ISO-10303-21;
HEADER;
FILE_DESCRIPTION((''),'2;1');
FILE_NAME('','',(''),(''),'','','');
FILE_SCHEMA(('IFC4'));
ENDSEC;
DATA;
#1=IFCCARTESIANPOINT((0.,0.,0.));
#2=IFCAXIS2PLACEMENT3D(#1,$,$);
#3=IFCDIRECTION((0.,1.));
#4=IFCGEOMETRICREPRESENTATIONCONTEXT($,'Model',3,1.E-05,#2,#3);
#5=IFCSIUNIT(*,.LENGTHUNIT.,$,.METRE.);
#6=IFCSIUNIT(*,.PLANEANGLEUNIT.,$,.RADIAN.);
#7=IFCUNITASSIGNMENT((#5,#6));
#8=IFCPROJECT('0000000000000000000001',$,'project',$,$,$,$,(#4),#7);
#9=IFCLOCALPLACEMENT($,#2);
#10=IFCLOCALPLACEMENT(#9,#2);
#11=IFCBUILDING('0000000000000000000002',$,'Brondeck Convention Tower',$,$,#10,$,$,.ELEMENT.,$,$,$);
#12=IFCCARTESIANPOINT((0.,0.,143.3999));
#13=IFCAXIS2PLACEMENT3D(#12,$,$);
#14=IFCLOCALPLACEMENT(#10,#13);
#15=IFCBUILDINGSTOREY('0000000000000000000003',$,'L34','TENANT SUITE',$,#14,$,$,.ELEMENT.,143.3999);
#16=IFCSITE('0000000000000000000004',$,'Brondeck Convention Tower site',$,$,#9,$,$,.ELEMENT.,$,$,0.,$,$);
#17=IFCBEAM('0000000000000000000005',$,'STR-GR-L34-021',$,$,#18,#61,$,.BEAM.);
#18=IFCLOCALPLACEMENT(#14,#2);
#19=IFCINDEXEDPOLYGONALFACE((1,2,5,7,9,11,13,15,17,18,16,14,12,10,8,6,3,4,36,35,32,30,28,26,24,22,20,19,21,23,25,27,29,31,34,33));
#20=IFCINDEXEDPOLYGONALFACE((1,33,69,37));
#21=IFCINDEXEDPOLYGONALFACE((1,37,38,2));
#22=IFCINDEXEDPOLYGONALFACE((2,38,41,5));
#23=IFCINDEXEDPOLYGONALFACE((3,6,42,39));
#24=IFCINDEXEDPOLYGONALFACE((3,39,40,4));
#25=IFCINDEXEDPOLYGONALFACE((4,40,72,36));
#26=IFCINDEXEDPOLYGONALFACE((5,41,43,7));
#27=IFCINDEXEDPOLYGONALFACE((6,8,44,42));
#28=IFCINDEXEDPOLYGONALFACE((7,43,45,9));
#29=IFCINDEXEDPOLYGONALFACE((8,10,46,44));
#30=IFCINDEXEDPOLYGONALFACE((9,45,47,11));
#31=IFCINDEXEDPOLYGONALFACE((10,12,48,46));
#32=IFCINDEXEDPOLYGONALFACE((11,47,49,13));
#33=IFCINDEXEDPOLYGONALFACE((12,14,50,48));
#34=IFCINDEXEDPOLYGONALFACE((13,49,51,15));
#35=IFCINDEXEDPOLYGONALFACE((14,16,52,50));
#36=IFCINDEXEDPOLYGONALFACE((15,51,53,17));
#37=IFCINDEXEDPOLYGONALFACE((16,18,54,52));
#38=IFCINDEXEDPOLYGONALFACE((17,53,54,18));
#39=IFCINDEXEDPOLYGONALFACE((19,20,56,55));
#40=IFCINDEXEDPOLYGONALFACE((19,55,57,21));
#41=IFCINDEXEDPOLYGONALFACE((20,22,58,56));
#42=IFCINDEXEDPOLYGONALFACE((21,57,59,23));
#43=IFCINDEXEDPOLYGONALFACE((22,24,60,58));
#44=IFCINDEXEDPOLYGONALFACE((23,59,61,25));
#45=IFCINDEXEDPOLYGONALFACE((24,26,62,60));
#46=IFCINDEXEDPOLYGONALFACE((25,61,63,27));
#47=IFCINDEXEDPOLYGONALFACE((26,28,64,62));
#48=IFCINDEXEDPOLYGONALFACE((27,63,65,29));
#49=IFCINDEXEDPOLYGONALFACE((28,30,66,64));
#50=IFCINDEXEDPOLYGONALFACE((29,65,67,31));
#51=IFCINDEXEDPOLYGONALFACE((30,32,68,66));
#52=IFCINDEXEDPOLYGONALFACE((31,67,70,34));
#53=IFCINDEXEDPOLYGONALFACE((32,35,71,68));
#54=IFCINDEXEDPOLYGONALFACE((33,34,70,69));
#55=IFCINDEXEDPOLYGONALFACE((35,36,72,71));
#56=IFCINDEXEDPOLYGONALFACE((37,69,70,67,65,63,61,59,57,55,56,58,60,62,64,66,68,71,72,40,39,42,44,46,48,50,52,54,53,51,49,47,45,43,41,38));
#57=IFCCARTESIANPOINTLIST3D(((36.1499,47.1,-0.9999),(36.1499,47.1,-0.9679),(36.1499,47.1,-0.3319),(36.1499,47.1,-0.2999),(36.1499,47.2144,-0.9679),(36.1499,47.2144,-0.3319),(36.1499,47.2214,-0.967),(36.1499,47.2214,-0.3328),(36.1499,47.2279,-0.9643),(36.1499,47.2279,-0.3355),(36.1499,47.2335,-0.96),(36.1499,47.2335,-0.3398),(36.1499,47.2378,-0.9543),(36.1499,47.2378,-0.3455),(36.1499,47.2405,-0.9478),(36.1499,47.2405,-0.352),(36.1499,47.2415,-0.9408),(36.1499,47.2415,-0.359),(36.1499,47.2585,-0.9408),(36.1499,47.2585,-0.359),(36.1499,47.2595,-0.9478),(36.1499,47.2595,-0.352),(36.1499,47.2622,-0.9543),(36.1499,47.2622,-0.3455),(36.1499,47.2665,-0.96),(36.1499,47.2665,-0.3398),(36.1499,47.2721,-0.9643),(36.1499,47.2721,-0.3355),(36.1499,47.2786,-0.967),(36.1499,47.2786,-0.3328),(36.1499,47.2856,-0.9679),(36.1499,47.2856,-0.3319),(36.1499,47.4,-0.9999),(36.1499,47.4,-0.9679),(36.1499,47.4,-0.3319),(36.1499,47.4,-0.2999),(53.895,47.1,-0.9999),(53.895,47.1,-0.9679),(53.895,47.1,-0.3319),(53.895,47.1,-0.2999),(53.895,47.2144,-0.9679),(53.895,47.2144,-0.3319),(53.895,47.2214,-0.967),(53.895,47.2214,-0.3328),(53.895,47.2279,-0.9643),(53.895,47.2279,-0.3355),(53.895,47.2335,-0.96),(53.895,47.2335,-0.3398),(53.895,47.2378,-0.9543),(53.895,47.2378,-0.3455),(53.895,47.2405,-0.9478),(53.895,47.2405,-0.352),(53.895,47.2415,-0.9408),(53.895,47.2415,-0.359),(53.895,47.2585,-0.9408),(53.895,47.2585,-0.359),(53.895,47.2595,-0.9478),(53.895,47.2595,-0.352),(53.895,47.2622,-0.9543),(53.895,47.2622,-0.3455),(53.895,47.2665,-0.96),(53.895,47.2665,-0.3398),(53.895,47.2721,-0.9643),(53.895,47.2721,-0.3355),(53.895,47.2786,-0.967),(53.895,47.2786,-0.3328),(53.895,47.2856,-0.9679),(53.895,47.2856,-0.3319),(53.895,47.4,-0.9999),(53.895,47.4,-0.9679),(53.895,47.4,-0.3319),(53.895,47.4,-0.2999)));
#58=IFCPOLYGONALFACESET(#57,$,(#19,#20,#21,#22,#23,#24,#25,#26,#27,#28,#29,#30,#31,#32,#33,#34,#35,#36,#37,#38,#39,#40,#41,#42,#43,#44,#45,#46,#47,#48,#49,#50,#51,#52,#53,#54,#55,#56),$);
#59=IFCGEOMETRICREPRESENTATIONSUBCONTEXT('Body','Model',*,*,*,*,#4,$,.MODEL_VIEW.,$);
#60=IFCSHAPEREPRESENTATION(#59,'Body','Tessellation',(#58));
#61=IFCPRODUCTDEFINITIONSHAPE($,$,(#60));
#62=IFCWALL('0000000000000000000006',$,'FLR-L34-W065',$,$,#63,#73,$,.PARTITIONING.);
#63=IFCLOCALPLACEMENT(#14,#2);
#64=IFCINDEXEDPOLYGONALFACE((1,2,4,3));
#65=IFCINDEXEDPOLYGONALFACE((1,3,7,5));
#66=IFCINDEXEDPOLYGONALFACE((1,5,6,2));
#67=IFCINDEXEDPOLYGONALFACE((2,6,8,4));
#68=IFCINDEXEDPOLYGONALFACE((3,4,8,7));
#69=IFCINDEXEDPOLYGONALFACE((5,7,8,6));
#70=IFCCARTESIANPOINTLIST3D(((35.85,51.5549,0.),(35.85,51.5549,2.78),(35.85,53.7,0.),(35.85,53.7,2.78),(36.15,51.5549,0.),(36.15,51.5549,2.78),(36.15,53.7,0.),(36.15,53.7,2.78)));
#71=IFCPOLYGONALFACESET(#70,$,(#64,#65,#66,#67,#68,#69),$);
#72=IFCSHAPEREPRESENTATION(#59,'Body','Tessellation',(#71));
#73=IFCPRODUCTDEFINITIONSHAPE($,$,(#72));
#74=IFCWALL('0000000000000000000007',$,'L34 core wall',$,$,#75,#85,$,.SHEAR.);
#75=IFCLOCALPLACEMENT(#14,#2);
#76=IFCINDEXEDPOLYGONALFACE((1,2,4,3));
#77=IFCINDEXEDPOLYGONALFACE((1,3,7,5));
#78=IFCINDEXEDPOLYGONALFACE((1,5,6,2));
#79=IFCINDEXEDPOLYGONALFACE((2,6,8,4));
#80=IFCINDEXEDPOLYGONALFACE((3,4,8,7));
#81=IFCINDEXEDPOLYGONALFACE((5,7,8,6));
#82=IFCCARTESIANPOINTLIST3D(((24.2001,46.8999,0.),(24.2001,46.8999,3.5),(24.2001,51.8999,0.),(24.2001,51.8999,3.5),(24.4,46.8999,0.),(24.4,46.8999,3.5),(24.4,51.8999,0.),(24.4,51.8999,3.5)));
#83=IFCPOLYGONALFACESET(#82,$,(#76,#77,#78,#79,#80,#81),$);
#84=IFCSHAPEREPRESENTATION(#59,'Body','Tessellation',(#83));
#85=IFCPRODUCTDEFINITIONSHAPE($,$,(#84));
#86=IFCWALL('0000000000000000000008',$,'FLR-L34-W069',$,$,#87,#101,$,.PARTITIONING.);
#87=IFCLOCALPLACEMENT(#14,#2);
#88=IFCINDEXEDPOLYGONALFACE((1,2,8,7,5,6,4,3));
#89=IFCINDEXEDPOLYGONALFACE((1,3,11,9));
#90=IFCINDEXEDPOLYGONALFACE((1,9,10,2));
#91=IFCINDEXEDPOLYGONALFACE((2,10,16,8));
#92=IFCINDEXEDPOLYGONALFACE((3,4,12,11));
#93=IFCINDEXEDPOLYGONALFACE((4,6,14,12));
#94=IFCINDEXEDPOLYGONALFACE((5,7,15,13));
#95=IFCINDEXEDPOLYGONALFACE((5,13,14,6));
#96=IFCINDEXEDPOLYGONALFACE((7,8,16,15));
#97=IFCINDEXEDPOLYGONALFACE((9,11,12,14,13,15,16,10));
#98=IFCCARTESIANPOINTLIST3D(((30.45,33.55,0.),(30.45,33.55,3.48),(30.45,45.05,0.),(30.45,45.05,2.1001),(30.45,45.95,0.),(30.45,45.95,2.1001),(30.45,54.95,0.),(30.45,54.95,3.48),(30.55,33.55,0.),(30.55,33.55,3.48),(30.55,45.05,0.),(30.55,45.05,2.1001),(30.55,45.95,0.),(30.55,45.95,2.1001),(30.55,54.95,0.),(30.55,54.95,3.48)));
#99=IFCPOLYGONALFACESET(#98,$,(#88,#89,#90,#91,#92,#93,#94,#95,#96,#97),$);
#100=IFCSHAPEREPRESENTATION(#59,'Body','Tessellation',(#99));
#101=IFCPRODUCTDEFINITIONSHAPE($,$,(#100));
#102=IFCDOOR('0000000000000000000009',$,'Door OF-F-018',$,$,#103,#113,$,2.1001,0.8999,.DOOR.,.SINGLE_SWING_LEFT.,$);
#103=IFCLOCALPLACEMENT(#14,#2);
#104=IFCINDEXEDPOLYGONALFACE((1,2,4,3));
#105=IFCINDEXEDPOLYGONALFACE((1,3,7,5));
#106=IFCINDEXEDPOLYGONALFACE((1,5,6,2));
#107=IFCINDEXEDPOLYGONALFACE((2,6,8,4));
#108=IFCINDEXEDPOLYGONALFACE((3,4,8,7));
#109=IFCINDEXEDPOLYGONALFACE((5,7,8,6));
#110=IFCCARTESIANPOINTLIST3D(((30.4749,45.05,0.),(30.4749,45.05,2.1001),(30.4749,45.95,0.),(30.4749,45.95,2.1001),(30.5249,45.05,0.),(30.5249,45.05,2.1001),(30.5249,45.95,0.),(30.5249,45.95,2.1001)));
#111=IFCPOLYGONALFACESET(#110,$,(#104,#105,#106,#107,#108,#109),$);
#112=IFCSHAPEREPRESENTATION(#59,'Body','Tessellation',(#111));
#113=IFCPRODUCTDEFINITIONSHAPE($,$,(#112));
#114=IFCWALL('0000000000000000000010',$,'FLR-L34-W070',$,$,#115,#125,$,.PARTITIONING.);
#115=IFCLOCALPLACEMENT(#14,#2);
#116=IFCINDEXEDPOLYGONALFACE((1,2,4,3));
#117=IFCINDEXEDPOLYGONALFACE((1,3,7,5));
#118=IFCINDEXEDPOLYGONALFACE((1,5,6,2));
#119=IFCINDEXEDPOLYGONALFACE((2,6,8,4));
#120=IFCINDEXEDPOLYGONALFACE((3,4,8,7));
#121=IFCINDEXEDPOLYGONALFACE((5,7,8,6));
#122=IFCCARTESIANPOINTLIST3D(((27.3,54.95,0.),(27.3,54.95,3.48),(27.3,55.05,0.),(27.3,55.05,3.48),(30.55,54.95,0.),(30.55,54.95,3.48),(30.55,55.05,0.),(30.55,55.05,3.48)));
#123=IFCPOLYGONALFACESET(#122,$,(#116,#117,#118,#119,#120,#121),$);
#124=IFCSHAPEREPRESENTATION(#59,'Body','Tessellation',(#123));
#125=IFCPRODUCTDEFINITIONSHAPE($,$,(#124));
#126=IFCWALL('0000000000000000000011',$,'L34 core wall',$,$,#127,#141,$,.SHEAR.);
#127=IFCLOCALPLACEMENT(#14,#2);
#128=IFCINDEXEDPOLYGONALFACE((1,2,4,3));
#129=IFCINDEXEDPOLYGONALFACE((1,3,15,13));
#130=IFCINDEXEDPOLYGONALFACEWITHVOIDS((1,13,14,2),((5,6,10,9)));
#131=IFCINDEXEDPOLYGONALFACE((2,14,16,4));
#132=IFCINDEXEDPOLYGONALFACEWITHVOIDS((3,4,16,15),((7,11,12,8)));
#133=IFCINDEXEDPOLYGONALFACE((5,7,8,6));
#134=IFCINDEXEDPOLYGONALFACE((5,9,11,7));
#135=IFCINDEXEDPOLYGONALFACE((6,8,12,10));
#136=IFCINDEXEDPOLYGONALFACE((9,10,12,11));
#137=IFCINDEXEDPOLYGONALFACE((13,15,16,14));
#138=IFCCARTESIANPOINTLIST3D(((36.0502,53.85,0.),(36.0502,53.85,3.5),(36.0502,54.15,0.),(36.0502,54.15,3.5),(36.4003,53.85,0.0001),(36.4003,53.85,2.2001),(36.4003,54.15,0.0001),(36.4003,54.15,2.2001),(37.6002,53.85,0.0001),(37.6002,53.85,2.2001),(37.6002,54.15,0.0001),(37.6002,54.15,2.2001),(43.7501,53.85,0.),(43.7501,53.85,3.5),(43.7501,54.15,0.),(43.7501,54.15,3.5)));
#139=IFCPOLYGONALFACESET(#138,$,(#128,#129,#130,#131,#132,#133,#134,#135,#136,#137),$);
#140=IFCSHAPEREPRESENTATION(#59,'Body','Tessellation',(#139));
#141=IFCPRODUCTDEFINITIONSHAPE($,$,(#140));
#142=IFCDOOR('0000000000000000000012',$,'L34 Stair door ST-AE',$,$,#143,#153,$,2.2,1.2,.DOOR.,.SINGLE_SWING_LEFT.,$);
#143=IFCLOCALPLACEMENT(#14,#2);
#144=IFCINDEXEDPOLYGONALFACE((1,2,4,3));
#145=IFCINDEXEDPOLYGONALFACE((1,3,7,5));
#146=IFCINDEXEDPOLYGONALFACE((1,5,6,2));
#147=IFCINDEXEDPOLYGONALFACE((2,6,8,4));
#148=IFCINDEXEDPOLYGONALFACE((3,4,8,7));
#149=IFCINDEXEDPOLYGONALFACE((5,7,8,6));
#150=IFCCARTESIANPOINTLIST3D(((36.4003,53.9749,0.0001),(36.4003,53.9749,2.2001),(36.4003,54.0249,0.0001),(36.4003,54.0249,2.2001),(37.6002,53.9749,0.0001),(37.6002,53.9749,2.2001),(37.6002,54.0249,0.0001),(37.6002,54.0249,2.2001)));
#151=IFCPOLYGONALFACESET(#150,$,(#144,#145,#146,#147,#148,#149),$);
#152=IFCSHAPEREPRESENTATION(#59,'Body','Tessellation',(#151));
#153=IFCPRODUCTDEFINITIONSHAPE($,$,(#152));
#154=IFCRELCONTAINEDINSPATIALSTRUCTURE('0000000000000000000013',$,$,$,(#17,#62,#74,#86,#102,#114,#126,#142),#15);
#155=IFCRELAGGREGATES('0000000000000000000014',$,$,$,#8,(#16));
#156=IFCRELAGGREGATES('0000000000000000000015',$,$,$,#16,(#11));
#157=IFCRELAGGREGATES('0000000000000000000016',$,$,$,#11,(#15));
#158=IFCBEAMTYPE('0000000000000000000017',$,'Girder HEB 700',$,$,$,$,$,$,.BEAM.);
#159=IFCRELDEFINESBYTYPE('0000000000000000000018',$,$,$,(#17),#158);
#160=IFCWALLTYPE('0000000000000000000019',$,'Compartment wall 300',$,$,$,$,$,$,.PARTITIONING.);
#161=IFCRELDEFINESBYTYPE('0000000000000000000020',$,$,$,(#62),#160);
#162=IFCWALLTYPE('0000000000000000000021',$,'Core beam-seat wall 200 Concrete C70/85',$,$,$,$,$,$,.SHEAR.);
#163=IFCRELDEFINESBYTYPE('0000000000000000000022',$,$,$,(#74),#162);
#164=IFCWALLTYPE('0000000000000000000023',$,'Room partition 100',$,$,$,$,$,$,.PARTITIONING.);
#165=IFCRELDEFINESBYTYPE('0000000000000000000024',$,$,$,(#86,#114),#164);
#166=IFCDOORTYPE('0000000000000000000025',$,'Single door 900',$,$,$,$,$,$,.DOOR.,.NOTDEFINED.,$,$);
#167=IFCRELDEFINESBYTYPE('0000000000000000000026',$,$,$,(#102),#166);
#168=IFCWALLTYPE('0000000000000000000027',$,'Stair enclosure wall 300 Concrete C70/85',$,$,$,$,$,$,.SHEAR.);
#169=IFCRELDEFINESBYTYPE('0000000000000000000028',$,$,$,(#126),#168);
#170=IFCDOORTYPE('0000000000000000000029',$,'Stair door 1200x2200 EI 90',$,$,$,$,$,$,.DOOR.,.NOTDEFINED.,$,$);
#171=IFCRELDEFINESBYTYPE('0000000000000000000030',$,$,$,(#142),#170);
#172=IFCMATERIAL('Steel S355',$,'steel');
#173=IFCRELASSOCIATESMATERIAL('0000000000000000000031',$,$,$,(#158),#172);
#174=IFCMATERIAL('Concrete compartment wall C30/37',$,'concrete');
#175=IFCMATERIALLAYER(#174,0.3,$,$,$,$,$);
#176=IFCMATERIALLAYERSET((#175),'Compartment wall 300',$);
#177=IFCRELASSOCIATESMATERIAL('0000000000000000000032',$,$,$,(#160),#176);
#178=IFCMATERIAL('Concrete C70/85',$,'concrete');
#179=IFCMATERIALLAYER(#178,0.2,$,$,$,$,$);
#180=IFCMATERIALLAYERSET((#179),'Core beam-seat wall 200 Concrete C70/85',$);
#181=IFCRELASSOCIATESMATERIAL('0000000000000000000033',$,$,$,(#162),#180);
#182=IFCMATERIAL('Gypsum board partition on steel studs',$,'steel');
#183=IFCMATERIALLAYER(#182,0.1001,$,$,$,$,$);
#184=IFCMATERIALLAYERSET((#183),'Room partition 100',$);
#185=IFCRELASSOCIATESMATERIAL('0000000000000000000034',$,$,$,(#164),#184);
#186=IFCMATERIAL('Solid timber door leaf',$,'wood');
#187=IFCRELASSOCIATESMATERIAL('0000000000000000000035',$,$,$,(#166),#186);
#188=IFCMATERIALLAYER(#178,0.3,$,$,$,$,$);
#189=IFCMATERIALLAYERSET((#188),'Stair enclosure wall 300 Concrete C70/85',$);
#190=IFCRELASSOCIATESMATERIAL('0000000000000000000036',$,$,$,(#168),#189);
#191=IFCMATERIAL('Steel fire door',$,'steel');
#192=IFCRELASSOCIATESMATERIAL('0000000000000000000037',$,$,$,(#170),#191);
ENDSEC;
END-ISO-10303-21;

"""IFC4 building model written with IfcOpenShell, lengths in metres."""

from ifc_helpers import new_model, si_unit, direction, frame, frame_2d, origin, origin_2d, place, context, subcontext, project, spatial, rectangle, i_section, extrude, material, layer, layer_set, material_profile, profile_set, type_object, element, fill, save


model = new_model("IFC4")

# Units and contexts
model_context = context("Model", 3, precision=1e-05, world=origin(), true_north=direction((0.0, 1.0)))
body_context = subcontext(model_context, "Body", "Model", "MODEL_VIEW")
ifc_project = project(units=[si_unit("LENGTHUNIT", "METRE"), si_unit("PLANEANGLEUNIT", "RADIAN")], contexts=[model_context])

# Site, building, storey
site_placement = place(None, origin())
site = spatial("IfcSite", under=ifc_project, at=site_placement, Name="Brondeck Convention Tower site", CompositionType="ELEMENT", RefElevation=0.0)
building_placement = place(site_placement, origin())
building = spatial("IfcBuilding", under=site, at=building_placement, Name="Brondeck Convention Tower", CompositionType="ELEMENT")
storey_placement = place(building_placement, frame((0.0, 0.0, 143.3999)))
storey = spatial("IfcBuildingStorey", under=building, at=storey_placement, Name="L34", Description="TENANT SUITE", CompositionType="ELEMENT", Elevation=143.3999)

# Shared definitions
ifc_material_1 = material(Name="Concrete C70/85", Category="concrete")

# Beam
ifc_material_2 = material(Name="Steel S355", Category="steel")
ifc_material_profile_1 = material_profile(ifc_material_2, i_section(OverallWidth=0.3, OverallDepth=0.7, WebThickness=0.0171, FlangeThickness=0.032, FilletRadius=0.0271, at=origin_2d()), Name="HEB 700")
ifc_profile_set_1 = profile_set([ifc_material_profile_1], Name="Steel S355")
beam_type = type_object("IfcBeamType", Name="Girder HEB 700", PredefinedType="BEAM", material=ifc_profile_set_1)
for number, where, z_axis, x_axis, name in (
    (1, (36.1499, 47.25, -0.6499), (1.0, 0.0, 0.0), (0.0, 1.0, 0.0), "STR-GR-L34-021"),
):
    element("IfcBeam", number, at=place(storey_placement, frame(where, z_axis=z_axis, x_axis=x_axis)), inside=storey, type_object=beam_type, Name=name, PredefinedType="BEAM", context=body_context, shape_type="SweptSolid", body=[
        extrude(i_section(OverallWidth=0.3, OverallDepth=0.7, WebThickness=0.0171, FlangeThickness=0.032, FilletRadius=0.0271, at=origin_2d()), origin(), (0.0, 0.0, 1.0), 17.7451),
    ])

# Walls
ifc_material_3 = material(Name="Concrete compartment wall C30/37", Category="concrete")
ifc_layer_1 = layer(ifc_material_3, 0.3)
ifc_layer_set_1 = layer_set([ifc_layer_1], Name="Compartment wall 300")
wall_type_1 = type_object("IfcWallType", Name="Compartment wall 300", PredefinedType="PARTITIONING", material=ifc_layer_set_1)
wall_1_placement = place(storey_placement, frame((36.0, 51.5549, 0.0), z_axis=(0.0, 0.0, 1.0), x_axis=(0.0, 1.0, 0.0)))
element("IfcWall", 2, at=wall_1_placement, inside=storey, type_object=wall_type_1, Name="FLR-L34-W065", PredefinedType="PARTITIONING", context=body_context, shape_type="SweptSolid", body=[
    extrude(rectangle(XDim=2.145, YDim=0.3, at=frame_2d((1.0725, 0.0))), origin(), (0.0, 0.0, 1.0), 2.78),
])
ifc_layer_2 = layer(ifc_material_1, 0.2)
ifc_layer_set_2 = layer_set([ifc_layer_2], Name="Core beam-seat wall 200 Concrete C70/85")
wall_type_2 = type_object("IfcWallType", Name="Core beam-seat wall 200 Concrete C70/85", PredefinedType="SHEAR", material=ifc_layer_set_2)
wall_2_placement = place(storey_placement, frame((24.3, 46.8999, 0.0), z_axis=(0.0, 0.0, 1.0), x_axis=(0.0, 1.0, 0.0)))
element("IfcWall", 3, at=wall_2_placement, inside=storey, type_object=wall_type_2, Name="L34 core wall", PredefinedType="SHEAR", context=body_context, shape_type="SweptSolid", body=[
    extrude(rectangle(XDim=5.0, YDim=0.2, at=frame_2d((2.5, 0.0))), origin(), (0.0, 0.0, 1.0), 3.5),
])

# Wall, opening, door
ifc_material_4 = material(Name="Gypsum board partition on steel studs", Category="steel")
ifc_layer_3 = layer(ifc_material_4, 0.1001)
ifc_layer_set_3 = layer_set([ifc_layer_3], Name="Room partition 100")
wall_type_3 = type_object("IfcWallType", Name="Room partition 100", PredefinedType="PARTITIONING", material=ifc_layer_set_3)
wall_3_placement = place(storey_placement, frame((30.5, 54.95, 0.0), z_axis=(0.0, 0.0, 1.0), x_axis=(0.0, -1.0, 0.0)))
wall_3 = element("IfcWall", 4, at=wall_3_placement, inside=storey, type_object=wall_type_3, Name="FLR-L34-W069", PredefinedType="PARTITIONING", context=body_context, shape_type="SweptSolid", body=[
    extrude(rectangle(XDim=21.3999, YDim=0.1001, at=frame_2d((10.7, 0.0))), origin(), (0.0, 0.0, 1.0), 3.48),
])
opening_1_placement = place(wall_3_placement, frame((9.0, 0.0, 0.0)))
opening_1 = element("IfcOpeningElement", 5, at=opening_1_placement, cuts=wall_3, PredefinedType="OPENING", context=body_context, shape_type="SweptSolid", body=[
    extrude(rectangle(XDim=0.8999, YDim=2.1001, at=frame_2d((0.45, 1.05))), frame((0.0, 0.0601, 0.0), z_axis=(0.0, -1.0, 0.0), x_axis=(1.0, 0.0, 0.0)), (0.0, 0.0, 1.0), 0.1201),
])
ifc_material_5 = material(Name="Solid timber door leaf", Category="wood")
door_type_1 = type_object("IfcDoorType", Name="Single door 900", OperationType="NOTDEFINED", PredefinedType="DOOR", material=ifc_material_5)
door_1_placement = place(opening_1_placement, origin())
door_1 = element("IfcDoor", 6, at=door_1_placement, inside=storey, type_object=door_type_1, Name="Door OF-F-018", OperationType="SINGLE_SWING_LEFT", OverallHeight=2.1001, OverallWidth=0.8999, PredefinedType="DOOR", context=body_context, shape_type="SweptSolid", body=[
    extrude(rectangle(XDim=0.8999, YDim=2.1001, at=frame_2d((0.45, 1.05))), frame((0.0, 0.0249, 0.0), z_axis=(0.0, -1.0, 0.0), x_axis=(1.0, 0.0, 0.0)), (0.0, 0.0, 1.0), 0.05),
])
fill(opening_1, door_1)

# Wall
wall_4_placement = place(storey_placement, frame((27.3, 55.0, 0.0), z_axis=(0.0, 0.0, 1.0), x_axis=(1.0, 0.0, 0.0)))
element("IfcWall", 7, at=wall_4_placement, inside=storey, type_object=wall_type_3, Name="FLR-L34-W070", PredefinedType="PARTITIONING", context=body_context, shape_type="SweptSolid", body=[
    extrude(rectangle(XDim=3.25, YDim=0.1001, at=frame_2d((1.625, 0.0))), origin(), (0.0, 0.0, 1.0), 3.48),
])

# Wall, opening, door
ifc_layer_4 = layer(ifc_material_1, 0.3)
ifc_layer_set_4 = layer_set([ifc_layer_4], Name="Stair enclosure wall 300 Concrete C70/85")
wall_type_4 = type_object("IfcWallType", Name="Stair enclosure wall 300 Concrete C70/85", PredefinedType="SHEAR", material=ifc_layer_set_4)
wall_5_placement = place(storey_placement, frame((36.05, 54.0, 0.0), z_axis=(0.0, 0.0, 1.0), x_axis=(1.0, 0.0, 0.0)))
wall_5 = element("IfcWall", 8, at=wall_5_placement, inside=storey, type_object=wall_type_4, Name="L34 core wall", PredefinedType="SHEAR", context=body_context, shape_type="SweptSolid", body=[
    extrude(rectangle(XDim=7.7, YDim=0.3, at=frame_2d((3.8501, 0.0))), origin(), (0.0, 0.0, 1.0), 3.5),
])
opening_2_placement = place(wall_5_placement, frame((0.3501, 0.0, 0.0)))
opening_2 = element("IfcOpeningElement", 9, at=opening_2_placement, cuts=wall_5, PredefinedType="OPENING", context=body_context, shape_type="SweptSolid", body=[
    extrude(rectangle(XDim=1.2, YDim=2.2, at=frame_2d((0.6001, 1.1001))), frame((0.0, 0.1599, 0.0), z_axis=(0.0, -1.0, 0.0), x_axis=(1.0, 0.0, 0.0)), (0.0, 0.0, 1.0), 0.3201),
])
ifc_material_6 = material(Name="Steel fire door", Category="steel")
door_type_2 = type_object("IfcDoorType", Name="Stair door 1200x2200 EI 90", OperationType="NOTDEFINED", PredefinedType="DOOR", material=ifc_material_6)
door_2_placement = place(opening_2_placement, origin())
door_2 = element("IfcDoor", 10, at=door_2_placement, inside=storey, type_object=door_type_2, Name="L34 Stair door ST-AE", OperationType="SINGLE_SWING_LEFT", OverallHeight=2.2, OverallWidth=1.2, PredefinedType="DOOR", context=body_context, shape_type="SweptSolid", body=[
    extrude(rectangle(XDim=1.2, YDim=2.2, at=frame_2d((0.6001, 1.1001))), frame((0.0, 0.0249, 0.0), z_axis=(0.0, -1.0, 0.0), x_axis=(1.0, 0.0, 0.0)), (0.0, 0.0, 1.0), 0.05),
])
fill(opening_2, door_2)

save(model, "model.ifc")
